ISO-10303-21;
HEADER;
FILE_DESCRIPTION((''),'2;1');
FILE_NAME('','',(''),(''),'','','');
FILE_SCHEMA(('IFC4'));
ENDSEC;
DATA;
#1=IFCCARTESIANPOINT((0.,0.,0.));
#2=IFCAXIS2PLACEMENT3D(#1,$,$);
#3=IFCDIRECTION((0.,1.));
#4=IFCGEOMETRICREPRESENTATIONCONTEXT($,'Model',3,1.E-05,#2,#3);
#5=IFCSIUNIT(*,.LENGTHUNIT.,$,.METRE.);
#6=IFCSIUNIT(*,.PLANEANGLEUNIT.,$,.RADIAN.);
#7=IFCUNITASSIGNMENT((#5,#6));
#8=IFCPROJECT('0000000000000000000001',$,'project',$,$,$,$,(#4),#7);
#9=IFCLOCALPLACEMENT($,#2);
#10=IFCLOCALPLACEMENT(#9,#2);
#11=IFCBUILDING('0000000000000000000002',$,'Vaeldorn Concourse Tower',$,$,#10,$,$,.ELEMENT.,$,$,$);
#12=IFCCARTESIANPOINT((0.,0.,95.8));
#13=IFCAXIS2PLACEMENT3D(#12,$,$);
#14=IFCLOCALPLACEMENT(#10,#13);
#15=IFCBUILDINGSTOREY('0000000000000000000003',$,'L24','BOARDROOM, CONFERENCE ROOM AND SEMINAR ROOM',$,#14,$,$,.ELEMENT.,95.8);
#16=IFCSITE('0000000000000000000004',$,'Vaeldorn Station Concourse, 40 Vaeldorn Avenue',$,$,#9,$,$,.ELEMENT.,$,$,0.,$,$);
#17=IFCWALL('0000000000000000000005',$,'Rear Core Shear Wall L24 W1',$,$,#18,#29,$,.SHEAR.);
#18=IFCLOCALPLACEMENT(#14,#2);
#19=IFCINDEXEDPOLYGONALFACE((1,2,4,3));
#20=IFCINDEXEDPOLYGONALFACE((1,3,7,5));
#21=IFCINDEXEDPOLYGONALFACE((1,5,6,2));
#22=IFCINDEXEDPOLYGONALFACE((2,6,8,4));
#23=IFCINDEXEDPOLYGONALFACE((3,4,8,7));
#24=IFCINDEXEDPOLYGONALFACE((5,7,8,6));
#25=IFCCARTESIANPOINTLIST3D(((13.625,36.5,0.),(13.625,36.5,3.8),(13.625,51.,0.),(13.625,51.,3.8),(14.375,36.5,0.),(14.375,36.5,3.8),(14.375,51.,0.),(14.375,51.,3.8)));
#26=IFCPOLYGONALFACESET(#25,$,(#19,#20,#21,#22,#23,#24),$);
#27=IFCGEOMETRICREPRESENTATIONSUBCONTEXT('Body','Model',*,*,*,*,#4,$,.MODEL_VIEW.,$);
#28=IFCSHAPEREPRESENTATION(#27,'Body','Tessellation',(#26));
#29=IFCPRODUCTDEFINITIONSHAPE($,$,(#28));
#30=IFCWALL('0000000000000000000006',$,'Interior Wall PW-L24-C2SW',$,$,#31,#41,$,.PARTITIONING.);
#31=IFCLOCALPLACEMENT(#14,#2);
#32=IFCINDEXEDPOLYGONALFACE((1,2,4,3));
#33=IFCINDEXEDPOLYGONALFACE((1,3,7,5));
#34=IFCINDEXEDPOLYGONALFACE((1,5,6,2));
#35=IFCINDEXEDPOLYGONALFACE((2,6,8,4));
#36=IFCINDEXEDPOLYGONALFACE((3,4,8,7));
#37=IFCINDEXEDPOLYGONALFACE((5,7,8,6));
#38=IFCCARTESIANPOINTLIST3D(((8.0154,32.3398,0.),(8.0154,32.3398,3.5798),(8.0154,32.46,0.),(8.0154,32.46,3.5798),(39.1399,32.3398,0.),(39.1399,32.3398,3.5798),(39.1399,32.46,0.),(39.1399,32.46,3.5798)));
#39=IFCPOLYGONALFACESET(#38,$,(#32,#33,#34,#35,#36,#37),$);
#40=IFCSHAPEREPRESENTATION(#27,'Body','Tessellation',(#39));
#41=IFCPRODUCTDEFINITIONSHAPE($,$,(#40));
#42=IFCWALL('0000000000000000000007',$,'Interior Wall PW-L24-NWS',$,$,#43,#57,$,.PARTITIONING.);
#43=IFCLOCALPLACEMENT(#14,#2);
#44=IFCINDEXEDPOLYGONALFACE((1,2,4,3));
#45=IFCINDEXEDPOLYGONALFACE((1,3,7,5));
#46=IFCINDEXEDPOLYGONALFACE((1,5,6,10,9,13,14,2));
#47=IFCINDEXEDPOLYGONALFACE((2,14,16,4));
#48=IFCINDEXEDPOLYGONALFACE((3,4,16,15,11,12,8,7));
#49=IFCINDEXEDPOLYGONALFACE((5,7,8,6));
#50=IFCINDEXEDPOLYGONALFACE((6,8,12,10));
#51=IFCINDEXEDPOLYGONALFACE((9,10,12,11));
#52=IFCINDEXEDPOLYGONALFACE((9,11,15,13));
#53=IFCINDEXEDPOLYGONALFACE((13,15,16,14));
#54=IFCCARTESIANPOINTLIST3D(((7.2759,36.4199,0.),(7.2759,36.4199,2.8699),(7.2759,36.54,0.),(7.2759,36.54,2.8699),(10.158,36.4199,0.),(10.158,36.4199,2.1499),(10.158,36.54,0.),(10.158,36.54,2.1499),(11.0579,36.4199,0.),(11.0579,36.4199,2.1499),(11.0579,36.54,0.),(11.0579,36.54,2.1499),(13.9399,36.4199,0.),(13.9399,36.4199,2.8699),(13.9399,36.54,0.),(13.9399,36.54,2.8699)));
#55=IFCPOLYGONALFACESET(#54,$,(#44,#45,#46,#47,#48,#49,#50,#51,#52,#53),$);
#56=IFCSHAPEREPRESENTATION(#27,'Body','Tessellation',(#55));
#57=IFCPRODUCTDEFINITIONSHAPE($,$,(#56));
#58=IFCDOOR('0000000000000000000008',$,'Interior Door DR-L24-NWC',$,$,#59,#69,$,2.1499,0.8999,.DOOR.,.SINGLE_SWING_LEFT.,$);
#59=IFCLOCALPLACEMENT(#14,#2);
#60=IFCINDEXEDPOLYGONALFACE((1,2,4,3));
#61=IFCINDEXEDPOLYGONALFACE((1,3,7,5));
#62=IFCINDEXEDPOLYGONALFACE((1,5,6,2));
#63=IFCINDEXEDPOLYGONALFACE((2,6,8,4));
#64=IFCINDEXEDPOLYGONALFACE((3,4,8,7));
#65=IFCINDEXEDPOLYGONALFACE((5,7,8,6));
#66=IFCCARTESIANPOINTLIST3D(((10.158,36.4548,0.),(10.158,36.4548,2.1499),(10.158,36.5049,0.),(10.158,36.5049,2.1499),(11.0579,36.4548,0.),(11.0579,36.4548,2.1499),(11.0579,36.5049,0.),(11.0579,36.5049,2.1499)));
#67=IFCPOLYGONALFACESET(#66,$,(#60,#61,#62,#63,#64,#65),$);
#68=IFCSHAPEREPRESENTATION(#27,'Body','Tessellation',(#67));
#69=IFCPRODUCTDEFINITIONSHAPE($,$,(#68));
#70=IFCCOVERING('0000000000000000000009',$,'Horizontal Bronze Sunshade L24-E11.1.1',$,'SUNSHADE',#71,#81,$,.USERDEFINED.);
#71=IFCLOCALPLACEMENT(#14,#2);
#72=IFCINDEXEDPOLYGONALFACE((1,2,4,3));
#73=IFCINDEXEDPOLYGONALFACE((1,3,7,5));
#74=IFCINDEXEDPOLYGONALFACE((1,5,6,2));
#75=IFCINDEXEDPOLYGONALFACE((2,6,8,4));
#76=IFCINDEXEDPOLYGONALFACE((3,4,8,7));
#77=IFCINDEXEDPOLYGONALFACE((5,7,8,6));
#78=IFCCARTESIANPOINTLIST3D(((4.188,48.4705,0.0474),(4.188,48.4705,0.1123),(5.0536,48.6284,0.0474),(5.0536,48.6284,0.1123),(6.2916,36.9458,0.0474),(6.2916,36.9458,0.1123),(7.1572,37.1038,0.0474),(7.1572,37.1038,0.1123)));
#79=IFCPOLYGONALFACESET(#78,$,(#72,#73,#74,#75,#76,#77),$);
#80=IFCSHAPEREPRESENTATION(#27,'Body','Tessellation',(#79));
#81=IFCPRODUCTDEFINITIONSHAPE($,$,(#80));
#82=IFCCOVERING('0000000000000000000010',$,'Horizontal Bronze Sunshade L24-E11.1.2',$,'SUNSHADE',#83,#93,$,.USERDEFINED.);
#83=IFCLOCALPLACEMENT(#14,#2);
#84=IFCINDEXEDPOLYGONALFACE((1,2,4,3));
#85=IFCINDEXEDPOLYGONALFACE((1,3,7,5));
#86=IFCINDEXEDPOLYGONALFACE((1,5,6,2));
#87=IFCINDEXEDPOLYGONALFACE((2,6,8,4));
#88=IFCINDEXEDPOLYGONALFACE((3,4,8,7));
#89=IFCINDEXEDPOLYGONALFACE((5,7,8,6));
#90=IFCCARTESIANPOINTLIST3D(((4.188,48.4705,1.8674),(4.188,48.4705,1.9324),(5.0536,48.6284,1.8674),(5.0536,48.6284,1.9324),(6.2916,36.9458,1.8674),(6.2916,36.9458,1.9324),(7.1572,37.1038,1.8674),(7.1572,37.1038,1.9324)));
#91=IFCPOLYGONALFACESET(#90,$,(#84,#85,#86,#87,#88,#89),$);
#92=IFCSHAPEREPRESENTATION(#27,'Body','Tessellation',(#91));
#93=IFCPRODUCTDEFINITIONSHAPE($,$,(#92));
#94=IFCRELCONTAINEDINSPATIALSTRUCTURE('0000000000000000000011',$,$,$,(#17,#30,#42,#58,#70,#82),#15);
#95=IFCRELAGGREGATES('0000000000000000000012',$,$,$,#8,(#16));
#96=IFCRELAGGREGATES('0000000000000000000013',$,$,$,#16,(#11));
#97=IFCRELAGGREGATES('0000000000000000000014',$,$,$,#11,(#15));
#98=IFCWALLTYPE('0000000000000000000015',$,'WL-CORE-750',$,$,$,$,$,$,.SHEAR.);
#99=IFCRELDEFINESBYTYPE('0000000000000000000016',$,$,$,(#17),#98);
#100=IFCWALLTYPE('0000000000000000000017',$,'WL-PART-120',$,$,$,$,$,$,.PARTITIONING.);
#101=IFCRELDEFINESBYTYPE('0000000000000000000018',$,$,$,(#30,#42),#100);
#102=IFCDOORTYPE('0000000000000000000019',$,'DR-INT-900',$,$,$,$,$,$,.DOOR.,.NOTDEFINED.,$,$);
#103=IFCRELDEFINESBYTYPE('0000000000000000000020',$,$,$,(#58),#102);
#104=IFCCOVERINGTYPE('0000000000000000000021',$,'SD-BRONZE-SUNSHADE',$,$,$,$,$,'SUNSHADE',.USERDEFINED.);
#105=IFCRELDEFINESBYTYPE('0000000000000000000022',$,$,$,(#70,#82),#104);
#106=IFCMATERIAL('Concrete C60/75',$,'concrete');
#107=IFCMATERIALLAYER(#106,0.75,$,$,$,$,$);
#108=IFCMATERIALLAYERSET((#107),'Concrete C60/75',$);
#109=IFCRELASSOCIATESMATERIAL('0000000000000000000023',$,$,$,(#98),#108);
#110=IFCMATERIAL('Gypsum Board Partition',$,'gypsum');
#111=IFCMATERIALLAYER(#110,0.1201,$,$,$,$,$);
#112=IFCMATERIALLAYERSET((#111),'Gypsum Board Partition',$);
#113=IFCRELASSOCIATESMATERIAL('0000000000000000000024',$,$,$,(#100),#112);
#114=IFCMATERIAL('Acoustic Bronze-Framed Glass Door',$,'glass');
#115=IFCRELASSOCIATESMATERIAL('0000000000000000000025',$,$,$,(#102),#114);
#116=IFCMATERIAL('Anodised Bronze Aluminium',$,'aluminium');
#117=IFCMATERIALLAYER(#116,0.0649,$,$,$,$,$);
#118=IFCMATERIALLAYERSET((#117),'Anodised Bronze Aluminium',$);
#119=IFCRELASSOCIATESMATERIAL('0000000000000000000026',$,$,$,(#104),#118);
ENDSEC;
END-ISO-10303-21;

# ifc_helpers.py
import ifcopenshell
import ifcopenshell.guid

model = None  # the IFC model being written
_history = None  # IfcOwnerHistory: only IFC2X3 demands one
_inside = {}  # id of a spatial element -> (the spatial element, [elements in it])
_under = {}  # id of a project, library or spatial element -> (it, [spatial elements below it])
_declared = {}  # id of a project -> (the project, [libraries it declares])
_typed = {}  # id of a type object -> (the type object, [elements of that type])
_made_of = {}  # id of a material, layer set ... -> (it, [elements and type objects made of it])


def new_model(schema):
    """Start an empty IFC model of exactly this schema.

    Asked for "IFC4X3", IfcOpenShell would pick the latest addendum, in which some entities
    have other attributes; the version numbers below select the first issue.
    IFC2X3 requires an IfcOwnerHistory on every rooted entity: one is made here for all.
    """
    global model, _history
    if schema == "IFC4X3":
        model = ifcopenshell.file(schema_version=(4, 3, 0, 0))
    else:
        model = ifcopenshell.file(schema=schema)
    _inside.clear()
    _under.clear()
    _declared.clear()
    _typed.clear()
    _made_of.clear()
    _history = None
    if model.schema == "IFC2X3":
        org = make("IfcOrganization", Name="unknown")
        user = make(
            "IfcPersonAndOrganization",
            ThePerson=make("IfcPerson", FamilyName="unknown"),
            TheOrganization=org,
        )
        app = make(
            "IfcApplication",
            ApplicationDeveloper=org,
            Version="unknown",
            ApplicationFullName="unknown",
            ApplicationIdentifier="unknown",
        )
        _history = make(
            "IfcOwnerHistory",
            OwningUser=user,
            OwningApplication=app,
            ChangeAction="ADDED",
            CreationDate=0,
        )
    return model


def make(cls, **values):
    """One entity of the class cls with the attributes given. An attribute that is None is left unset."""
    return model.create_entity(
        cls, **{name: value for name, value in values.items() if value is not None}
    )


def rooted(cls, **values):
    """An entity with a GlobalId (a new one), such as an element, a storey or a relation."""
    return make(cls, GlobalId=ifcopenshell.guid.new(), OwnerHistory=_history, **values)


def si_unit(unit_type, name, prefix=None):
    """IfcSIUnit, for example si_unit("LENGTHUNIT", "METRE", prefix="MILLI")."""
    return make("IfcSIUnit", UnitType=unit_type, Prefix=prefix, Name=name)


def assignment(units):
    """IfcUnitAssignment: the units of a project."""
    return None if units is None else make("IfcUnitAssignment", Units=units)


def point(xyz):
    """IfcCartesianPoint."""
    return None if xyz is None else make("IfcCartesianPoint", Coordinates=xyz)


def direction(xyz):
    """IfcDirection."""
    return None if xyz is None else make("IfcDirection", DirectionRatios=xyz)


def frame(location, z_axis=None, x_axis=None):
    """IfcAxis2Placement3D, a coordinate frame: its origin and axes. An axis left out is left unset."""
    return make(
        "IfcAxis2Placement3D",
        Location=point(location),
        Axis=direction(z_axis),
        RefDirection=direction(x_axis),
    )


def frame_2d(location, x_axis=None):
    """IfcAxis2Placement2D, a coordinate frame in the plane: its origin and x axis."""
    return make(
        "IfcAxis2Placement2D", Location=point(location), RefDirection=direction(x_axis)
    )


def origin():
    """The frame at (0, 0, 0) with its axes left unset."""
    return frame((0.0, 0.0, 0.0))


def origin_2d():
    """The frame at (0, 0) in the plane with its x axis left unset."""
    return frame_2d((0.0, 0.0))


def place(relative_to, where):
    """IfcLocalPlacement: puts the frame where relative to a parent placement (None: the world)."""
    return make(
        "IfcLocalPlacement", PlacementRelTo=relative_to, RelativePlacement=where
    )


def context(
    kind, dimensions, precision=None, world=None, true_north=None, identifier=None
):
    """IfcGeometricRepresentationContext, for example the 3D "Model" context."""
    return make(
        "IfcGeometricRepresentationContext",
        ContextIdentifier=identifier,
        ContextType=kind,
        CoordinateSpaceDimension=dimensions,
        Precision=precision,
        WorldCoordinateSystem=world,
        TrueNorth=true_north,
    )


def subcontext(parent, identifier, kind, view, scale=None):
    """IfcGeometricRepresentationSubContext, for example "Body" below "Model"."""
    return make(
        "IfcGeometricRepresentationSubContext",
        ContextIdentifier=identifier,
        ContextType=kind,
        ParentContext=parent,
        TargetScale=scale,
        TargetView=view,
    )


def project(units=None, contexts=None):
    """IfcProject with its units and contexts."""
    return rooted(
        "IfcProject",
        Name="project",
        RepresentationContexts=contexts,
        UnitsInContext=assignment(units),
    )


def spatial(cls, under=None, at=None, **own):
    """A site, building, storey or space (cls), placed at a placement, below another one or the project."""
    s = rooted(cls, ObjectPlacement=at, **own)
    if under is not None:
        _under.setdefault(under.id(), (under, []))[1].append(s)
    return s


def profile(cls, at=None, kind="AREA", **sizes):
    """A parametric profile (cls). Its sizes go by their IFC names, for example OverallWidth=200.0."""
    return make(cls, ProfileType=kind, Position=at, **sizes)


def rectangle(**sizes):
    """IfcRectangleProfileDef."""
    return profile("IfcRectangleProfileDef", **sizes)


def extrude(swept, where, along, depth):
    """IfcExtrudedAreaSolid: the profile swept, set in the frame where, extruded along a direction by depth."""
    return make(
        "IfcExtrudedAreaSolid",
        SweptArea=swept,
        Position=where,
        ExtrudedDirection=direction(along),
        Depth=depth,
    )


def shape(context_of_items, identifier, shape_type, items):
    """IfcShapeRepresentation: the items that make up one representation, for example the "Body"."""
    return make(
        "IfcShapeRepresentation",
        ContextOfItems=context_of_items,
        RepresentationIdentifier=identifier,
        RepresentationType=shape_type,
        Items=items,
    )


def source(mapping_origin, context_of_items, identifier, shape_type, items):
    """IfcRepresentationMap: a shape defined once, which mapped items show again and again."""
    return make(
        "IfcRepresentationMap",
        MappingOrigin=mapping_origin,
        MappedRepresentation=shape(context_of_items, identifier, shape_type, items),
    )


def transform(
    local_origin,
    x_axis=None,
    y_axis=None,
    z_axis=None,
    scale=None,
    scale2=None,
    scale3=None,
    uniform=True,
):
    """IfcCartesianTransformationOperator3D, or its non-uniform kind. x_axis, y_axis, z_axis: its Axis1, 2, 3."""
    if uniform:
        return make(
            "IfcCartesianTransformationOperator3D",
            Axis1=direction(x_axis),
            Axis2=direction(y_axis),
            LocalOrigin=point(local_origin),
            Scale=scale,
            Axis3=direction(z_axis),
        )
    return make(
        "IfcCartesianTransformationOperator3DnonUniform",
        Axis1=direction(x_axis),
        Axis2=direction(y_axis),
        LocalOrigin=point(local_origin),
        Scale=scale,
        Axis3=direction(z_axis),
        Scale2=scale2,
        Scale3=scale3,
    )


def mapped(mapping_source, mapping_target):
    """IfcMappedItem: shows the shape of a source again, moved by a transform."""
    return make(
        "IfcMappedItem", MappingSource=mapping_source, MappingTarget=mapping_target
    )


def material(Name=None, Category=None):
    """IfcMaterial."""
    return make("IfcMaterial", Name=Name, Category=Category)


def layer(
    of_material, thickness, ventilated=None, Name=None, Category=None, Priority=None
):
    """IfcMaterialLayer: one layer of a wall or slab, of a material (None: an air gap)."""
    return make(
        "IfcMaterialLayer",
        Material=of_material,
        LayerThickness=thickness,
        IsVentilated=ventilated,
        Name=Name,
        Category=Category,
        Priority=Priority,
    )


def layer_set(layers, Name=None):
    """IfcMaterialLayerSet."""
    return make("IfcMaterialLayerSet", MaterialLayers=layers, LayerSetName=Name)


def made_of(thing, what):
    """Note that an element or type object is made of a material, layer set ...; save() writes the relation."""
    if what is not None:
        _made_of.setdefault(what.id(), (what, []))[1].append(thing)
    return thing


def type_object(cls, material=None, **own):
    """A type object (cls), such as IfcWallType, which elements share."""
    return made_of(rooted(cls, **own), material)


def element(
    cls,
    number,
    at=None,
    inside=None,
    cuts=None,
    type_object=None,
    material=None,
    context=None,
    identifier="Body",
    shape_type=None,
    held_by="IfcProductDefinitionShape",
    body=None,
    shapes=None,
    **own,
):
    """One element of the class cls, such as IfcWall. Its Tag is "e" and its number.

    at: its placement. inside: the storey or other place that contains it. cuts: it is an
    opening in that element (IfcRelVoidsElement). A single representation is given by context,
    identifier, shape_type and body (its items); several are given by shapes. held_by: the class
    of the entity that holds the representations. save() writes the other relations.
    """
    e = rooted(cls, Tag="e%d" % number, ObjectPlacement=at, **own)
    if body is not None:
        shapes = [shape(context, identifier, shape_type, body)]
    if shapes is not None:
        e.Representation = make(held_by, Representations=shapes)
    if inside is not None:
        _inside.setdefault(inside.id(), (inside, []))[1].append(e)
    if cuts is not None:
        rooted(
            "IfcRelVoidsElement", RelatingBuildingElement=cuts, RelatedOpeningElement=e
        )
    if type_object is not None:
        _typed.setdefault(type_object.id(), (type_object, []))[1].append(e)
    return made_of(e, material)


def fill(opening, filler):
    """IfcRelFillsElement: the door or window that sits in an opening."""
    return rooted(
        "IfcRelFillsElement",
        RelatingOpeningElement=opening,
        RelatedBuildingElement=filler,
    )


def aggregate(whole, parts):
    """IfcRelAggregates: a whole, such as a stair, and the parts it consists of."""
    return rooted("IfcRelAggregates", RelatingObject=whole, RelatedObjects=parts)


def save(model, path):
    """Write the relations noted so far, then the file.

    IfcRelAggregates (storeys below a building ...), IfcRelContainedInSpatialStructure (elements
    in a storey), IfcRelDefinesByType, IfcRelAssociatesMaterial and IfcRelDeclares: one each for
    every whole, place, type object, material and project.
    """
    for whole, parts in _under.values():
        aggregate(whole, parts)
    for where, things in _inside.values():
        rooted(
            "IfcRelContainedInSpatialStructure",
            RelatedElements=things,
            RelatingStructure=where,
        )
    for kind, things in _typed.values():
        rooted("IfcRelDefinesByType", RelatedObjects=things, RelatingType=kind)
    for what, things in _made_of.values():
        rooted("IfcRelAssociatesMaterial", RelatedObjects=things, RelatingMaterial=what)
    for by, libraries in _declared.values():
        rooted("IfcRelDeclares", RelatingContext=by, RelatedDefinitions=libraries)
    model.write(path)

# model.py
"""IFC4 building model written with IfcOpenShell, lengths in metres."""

from ifc_helpers import new_model, si_unit, direction, frame, frame_2d, origin, origin_2d, place, context, subcontext, project, spatial, rectangle, extrude, source, transform, mapped, material, layer, layer_set, type_object, element, fill, save


model = new_model("IFC4")

# Units and contexts
model_context = context("Model", 3, precision=1e-05, world=origin(), true_north=direction((0.0, 1.0)))
body_context = subcontext(model_context, "Body", "Model", "MODEL_VIEW")
ifc_project = project(units=[si_unit("LENGTHUNIT", "METRE"), si_unit("PLANEANGLEUNIT", "RADIAN")], contexts=[model_context])

# Site, building, storey
site_placement = place(None, origin())
site = spatial("IfcSite", under=ifc_project, at=site_placement, Name="Vaeldorn Station Concourse, 40 Vaeldorn Avenue", CompositionType="ELEMENT", RefElevation=0.0)
building_placement = place(site_placement, origin())
building = spatial("IfcBuilding", under=site, at=building_placement, Name="Vaeldorn Concourse Tower", CompositionType="ELEMENT")
storey_placement = place(building_placement, frame((0.0, 0.0, 95.8)))
storey = spatial("IfcBuildingStorey", under=building, at=storey_placement, Name="L24", Description="BOARDROOM, CONFERENCE ROOM AND SEMINAR ROOM", CompositionType="ELEMENT", Elevation=95.8)

# Shared definitions
ifc_material_1 = material(Name="Concrete C60/75", Category="concrete")

# Shared definitions
ifc_material_2 = material(Name="Anodised Bronze Aluminium", Category="aluminium")

# Walls
ifc_layer_1 = layer(ifc_material_1, 0.75)
ifc_layer_set_1 = layer_set([ifc_layer_1], Name="Concrete C60/75")
wall_type_1 = type_object("IfcWallType", Name="WL-CORE-750", PredefinedType="SHEAR", material=ifc_layer_set_1)
wall_1_placement = place(storey_placement, frame((14.0, 36.5, 0.0), z_axis=(0.0, 0.0, 1.0), x_axis=(0.0, 1.0, 0.0)))
element("IfcWall", 1, at=wall_1_placement, inside=storey, type_object=wall_type_1, Name="Rear Core Shear Wall L24 W1", PredefinedType="SHEAR", context=body_context, shape_type="SweptSolid", body=[
    extrude(rectangle(XDim=14.5, YDim=0.75, at=frame_2d((7.25, 0.0))), origin(), (0.0, 0.0, 1.0), 3.8),
])
ifc_material_3 = material(Name="Gypsum Board Partition", Category="gypsum")
ifc_layer_2 = layer(ifc_material_3, 0.1201)
ifc_layer_set_2 = layer_set([ifc_layer_2], Name="Gypsum Board Partition")
wall_type_2 = type_object("IfcWallType", Name="WL-PART-120", PredefinedType="PARTITIONING", material=ifc_layer_set_2)
wall_2_placement = place(storey_placement, frame((8.0154, 32.3999, 0.0), z_axis=(0.0, 0.0, 1.0), x_axis=(1.0, 0.0, 0.0)))
element("IfcWall", 2, at=wall_2_placement, inside=storey, type_object=wall_type_2, Name="Interior Wall PW-L24-C2SW", PredefinedType="PARTITIONING", context=body_context, shape_type="SweptSolid", body=[
    extrude(rectangle(XDim=31.1245, YDim=0.1201, at=frame_2d((15.5623, 0.0))), origin(), (0.0, 0.0, 1.0), 3.5798),
])

# Wall, opening, door
wall_3_placement = place(storey_placement, frame((7.2759, 36.48, 0.0), z_axis=(0.0, 0.0, 1.0), x_axis=(1.0, 0.0, 0.0)))
wall_3 = element("IfcWall", 3, at=wall_3_placement, inside=storey, type_object=wall_type_2, Name="Interior Wall PW-L24-NWS", PredefinedType="PARTITIONING", context=body_context, shape_type="SweptSolid", body=[
    extrude(rectangle(XDim=6.6641, YDim=0.1201, at=frame_2d((3.332, 0.0))), origin(), (0.0, 0.0, 1.0), 2.8699),
])
opening_1_placement = place(wall_3_placement, frame((2.8821, 0.0, 0.0)))
opening_1 = element("IfcOpeningElement", 4, at=opening_1_placement, cuts=wall_3, PredefinedType="OPENING", context=body_context, shape_type="SweptSolid", body=[
    extrude(rectangle(XDim=0.8999, YDim=2.1499, at=frame_2d((0.45, 1.075))), frame((0.0, 0.0701, 0.0), z_axis=(0.0, -1.0, 0.0), x_axis=(1.0, 0.0, 0.0)), (0.0, 0.0, 1.0), 0.1401),
])
ifc_material_4 = material(Name="Acoustic Bronze-Framed Glass Door", Category="glass")
door_type_1 = type_object("IfcDoorType", Name="DR-INT-900", OperationType="NOTDEFINED", PredefinedType="DOOR", material=ifc_material_4)
shared_shape_1 = source(origin(), body_context, "Body", "SweptSolid", [
    extrude(rectangle(XDim=0.8999, YDim=2.1499, at=frame_2d((0.45, 1.075))), frame((0.0, 0.0249, 0.0), z_axis=(0.0, -1.0, 0.0), x_axis=(1.0, 0.0, 0.0)), (0.0, 0.0, 1.0), 0.05),
])
door_1_placement = place(opening_1_placement, origin())
door_1 = element("IfcDoor", 5, at=door_1_placement, inside=storey, type_object=door_type_1, Name="Interior Door DR-L24-NWC", OperationType="SINGLE_SWING_LEFT", OverallHeight=2.1499, OverallWidth=0.8999, PredefinedType="DOOR", context=body_context, shape_type="MappedRepresentation", body=[
    mapped(shared_shape_1, transform((0.0, 0.0, 0.0), scale=1.0)),
])
fill(opening_1, door_1)

# Coverings
ifc_layer_3 = layer(ifc_material_2, 0.0649)
ifc_layer_set_3 = layer_set([ifc_layer_3], Name="Anodised Bronze Aluminium")
covering_type = type_object("IfcCoveringType", Name="SD-BRONZE-SUNSHADE", ElementType="SUNSHADE", PredefinedType="USERDEFINED", material=ifc_layer_set_3)
shared_shape_2 = source(origin(), body_context, "Body", "SweptSolid", [
    extrude(rectangle(XDim=11.7151, YDim=0.8799, at=origin_2d()), origin(), (0.0, 0.0, 1.0), 0.0649),
])
for number, where, z_axis, x_axis, name in (
    (6, (5.6726, 42.7871, 0.0474), (0.0, 0.0, 1.0), (0.179558, -0.983747, 0.0), "Horizontal Bronze Sunshade L24-E11.1.1"),
    (7, (5.6726, 42.7871, 1.8674), (0.0, 0.0, 1.0), (0.179558, -0.983747, 0.0), "Horizontal Bronze Sunshade L24-E11.1.2"),
):
    element("IfcCovering", number, at=place(storey_placement, frame(where, z_axis=z_axis, x_axis=x_axis)), inside=storey, type_object=covering_type, Name=name, ObjectType="SUNSHADE", PredefinedType="USERDEFINED", context=body_context, shape_type="MappedRepresentation", body=[
        mapped(shared_shape_2, transform((0.0, 0.0, 0.0), scale=1.0)),
    ])

save(model, "model.ifc")
